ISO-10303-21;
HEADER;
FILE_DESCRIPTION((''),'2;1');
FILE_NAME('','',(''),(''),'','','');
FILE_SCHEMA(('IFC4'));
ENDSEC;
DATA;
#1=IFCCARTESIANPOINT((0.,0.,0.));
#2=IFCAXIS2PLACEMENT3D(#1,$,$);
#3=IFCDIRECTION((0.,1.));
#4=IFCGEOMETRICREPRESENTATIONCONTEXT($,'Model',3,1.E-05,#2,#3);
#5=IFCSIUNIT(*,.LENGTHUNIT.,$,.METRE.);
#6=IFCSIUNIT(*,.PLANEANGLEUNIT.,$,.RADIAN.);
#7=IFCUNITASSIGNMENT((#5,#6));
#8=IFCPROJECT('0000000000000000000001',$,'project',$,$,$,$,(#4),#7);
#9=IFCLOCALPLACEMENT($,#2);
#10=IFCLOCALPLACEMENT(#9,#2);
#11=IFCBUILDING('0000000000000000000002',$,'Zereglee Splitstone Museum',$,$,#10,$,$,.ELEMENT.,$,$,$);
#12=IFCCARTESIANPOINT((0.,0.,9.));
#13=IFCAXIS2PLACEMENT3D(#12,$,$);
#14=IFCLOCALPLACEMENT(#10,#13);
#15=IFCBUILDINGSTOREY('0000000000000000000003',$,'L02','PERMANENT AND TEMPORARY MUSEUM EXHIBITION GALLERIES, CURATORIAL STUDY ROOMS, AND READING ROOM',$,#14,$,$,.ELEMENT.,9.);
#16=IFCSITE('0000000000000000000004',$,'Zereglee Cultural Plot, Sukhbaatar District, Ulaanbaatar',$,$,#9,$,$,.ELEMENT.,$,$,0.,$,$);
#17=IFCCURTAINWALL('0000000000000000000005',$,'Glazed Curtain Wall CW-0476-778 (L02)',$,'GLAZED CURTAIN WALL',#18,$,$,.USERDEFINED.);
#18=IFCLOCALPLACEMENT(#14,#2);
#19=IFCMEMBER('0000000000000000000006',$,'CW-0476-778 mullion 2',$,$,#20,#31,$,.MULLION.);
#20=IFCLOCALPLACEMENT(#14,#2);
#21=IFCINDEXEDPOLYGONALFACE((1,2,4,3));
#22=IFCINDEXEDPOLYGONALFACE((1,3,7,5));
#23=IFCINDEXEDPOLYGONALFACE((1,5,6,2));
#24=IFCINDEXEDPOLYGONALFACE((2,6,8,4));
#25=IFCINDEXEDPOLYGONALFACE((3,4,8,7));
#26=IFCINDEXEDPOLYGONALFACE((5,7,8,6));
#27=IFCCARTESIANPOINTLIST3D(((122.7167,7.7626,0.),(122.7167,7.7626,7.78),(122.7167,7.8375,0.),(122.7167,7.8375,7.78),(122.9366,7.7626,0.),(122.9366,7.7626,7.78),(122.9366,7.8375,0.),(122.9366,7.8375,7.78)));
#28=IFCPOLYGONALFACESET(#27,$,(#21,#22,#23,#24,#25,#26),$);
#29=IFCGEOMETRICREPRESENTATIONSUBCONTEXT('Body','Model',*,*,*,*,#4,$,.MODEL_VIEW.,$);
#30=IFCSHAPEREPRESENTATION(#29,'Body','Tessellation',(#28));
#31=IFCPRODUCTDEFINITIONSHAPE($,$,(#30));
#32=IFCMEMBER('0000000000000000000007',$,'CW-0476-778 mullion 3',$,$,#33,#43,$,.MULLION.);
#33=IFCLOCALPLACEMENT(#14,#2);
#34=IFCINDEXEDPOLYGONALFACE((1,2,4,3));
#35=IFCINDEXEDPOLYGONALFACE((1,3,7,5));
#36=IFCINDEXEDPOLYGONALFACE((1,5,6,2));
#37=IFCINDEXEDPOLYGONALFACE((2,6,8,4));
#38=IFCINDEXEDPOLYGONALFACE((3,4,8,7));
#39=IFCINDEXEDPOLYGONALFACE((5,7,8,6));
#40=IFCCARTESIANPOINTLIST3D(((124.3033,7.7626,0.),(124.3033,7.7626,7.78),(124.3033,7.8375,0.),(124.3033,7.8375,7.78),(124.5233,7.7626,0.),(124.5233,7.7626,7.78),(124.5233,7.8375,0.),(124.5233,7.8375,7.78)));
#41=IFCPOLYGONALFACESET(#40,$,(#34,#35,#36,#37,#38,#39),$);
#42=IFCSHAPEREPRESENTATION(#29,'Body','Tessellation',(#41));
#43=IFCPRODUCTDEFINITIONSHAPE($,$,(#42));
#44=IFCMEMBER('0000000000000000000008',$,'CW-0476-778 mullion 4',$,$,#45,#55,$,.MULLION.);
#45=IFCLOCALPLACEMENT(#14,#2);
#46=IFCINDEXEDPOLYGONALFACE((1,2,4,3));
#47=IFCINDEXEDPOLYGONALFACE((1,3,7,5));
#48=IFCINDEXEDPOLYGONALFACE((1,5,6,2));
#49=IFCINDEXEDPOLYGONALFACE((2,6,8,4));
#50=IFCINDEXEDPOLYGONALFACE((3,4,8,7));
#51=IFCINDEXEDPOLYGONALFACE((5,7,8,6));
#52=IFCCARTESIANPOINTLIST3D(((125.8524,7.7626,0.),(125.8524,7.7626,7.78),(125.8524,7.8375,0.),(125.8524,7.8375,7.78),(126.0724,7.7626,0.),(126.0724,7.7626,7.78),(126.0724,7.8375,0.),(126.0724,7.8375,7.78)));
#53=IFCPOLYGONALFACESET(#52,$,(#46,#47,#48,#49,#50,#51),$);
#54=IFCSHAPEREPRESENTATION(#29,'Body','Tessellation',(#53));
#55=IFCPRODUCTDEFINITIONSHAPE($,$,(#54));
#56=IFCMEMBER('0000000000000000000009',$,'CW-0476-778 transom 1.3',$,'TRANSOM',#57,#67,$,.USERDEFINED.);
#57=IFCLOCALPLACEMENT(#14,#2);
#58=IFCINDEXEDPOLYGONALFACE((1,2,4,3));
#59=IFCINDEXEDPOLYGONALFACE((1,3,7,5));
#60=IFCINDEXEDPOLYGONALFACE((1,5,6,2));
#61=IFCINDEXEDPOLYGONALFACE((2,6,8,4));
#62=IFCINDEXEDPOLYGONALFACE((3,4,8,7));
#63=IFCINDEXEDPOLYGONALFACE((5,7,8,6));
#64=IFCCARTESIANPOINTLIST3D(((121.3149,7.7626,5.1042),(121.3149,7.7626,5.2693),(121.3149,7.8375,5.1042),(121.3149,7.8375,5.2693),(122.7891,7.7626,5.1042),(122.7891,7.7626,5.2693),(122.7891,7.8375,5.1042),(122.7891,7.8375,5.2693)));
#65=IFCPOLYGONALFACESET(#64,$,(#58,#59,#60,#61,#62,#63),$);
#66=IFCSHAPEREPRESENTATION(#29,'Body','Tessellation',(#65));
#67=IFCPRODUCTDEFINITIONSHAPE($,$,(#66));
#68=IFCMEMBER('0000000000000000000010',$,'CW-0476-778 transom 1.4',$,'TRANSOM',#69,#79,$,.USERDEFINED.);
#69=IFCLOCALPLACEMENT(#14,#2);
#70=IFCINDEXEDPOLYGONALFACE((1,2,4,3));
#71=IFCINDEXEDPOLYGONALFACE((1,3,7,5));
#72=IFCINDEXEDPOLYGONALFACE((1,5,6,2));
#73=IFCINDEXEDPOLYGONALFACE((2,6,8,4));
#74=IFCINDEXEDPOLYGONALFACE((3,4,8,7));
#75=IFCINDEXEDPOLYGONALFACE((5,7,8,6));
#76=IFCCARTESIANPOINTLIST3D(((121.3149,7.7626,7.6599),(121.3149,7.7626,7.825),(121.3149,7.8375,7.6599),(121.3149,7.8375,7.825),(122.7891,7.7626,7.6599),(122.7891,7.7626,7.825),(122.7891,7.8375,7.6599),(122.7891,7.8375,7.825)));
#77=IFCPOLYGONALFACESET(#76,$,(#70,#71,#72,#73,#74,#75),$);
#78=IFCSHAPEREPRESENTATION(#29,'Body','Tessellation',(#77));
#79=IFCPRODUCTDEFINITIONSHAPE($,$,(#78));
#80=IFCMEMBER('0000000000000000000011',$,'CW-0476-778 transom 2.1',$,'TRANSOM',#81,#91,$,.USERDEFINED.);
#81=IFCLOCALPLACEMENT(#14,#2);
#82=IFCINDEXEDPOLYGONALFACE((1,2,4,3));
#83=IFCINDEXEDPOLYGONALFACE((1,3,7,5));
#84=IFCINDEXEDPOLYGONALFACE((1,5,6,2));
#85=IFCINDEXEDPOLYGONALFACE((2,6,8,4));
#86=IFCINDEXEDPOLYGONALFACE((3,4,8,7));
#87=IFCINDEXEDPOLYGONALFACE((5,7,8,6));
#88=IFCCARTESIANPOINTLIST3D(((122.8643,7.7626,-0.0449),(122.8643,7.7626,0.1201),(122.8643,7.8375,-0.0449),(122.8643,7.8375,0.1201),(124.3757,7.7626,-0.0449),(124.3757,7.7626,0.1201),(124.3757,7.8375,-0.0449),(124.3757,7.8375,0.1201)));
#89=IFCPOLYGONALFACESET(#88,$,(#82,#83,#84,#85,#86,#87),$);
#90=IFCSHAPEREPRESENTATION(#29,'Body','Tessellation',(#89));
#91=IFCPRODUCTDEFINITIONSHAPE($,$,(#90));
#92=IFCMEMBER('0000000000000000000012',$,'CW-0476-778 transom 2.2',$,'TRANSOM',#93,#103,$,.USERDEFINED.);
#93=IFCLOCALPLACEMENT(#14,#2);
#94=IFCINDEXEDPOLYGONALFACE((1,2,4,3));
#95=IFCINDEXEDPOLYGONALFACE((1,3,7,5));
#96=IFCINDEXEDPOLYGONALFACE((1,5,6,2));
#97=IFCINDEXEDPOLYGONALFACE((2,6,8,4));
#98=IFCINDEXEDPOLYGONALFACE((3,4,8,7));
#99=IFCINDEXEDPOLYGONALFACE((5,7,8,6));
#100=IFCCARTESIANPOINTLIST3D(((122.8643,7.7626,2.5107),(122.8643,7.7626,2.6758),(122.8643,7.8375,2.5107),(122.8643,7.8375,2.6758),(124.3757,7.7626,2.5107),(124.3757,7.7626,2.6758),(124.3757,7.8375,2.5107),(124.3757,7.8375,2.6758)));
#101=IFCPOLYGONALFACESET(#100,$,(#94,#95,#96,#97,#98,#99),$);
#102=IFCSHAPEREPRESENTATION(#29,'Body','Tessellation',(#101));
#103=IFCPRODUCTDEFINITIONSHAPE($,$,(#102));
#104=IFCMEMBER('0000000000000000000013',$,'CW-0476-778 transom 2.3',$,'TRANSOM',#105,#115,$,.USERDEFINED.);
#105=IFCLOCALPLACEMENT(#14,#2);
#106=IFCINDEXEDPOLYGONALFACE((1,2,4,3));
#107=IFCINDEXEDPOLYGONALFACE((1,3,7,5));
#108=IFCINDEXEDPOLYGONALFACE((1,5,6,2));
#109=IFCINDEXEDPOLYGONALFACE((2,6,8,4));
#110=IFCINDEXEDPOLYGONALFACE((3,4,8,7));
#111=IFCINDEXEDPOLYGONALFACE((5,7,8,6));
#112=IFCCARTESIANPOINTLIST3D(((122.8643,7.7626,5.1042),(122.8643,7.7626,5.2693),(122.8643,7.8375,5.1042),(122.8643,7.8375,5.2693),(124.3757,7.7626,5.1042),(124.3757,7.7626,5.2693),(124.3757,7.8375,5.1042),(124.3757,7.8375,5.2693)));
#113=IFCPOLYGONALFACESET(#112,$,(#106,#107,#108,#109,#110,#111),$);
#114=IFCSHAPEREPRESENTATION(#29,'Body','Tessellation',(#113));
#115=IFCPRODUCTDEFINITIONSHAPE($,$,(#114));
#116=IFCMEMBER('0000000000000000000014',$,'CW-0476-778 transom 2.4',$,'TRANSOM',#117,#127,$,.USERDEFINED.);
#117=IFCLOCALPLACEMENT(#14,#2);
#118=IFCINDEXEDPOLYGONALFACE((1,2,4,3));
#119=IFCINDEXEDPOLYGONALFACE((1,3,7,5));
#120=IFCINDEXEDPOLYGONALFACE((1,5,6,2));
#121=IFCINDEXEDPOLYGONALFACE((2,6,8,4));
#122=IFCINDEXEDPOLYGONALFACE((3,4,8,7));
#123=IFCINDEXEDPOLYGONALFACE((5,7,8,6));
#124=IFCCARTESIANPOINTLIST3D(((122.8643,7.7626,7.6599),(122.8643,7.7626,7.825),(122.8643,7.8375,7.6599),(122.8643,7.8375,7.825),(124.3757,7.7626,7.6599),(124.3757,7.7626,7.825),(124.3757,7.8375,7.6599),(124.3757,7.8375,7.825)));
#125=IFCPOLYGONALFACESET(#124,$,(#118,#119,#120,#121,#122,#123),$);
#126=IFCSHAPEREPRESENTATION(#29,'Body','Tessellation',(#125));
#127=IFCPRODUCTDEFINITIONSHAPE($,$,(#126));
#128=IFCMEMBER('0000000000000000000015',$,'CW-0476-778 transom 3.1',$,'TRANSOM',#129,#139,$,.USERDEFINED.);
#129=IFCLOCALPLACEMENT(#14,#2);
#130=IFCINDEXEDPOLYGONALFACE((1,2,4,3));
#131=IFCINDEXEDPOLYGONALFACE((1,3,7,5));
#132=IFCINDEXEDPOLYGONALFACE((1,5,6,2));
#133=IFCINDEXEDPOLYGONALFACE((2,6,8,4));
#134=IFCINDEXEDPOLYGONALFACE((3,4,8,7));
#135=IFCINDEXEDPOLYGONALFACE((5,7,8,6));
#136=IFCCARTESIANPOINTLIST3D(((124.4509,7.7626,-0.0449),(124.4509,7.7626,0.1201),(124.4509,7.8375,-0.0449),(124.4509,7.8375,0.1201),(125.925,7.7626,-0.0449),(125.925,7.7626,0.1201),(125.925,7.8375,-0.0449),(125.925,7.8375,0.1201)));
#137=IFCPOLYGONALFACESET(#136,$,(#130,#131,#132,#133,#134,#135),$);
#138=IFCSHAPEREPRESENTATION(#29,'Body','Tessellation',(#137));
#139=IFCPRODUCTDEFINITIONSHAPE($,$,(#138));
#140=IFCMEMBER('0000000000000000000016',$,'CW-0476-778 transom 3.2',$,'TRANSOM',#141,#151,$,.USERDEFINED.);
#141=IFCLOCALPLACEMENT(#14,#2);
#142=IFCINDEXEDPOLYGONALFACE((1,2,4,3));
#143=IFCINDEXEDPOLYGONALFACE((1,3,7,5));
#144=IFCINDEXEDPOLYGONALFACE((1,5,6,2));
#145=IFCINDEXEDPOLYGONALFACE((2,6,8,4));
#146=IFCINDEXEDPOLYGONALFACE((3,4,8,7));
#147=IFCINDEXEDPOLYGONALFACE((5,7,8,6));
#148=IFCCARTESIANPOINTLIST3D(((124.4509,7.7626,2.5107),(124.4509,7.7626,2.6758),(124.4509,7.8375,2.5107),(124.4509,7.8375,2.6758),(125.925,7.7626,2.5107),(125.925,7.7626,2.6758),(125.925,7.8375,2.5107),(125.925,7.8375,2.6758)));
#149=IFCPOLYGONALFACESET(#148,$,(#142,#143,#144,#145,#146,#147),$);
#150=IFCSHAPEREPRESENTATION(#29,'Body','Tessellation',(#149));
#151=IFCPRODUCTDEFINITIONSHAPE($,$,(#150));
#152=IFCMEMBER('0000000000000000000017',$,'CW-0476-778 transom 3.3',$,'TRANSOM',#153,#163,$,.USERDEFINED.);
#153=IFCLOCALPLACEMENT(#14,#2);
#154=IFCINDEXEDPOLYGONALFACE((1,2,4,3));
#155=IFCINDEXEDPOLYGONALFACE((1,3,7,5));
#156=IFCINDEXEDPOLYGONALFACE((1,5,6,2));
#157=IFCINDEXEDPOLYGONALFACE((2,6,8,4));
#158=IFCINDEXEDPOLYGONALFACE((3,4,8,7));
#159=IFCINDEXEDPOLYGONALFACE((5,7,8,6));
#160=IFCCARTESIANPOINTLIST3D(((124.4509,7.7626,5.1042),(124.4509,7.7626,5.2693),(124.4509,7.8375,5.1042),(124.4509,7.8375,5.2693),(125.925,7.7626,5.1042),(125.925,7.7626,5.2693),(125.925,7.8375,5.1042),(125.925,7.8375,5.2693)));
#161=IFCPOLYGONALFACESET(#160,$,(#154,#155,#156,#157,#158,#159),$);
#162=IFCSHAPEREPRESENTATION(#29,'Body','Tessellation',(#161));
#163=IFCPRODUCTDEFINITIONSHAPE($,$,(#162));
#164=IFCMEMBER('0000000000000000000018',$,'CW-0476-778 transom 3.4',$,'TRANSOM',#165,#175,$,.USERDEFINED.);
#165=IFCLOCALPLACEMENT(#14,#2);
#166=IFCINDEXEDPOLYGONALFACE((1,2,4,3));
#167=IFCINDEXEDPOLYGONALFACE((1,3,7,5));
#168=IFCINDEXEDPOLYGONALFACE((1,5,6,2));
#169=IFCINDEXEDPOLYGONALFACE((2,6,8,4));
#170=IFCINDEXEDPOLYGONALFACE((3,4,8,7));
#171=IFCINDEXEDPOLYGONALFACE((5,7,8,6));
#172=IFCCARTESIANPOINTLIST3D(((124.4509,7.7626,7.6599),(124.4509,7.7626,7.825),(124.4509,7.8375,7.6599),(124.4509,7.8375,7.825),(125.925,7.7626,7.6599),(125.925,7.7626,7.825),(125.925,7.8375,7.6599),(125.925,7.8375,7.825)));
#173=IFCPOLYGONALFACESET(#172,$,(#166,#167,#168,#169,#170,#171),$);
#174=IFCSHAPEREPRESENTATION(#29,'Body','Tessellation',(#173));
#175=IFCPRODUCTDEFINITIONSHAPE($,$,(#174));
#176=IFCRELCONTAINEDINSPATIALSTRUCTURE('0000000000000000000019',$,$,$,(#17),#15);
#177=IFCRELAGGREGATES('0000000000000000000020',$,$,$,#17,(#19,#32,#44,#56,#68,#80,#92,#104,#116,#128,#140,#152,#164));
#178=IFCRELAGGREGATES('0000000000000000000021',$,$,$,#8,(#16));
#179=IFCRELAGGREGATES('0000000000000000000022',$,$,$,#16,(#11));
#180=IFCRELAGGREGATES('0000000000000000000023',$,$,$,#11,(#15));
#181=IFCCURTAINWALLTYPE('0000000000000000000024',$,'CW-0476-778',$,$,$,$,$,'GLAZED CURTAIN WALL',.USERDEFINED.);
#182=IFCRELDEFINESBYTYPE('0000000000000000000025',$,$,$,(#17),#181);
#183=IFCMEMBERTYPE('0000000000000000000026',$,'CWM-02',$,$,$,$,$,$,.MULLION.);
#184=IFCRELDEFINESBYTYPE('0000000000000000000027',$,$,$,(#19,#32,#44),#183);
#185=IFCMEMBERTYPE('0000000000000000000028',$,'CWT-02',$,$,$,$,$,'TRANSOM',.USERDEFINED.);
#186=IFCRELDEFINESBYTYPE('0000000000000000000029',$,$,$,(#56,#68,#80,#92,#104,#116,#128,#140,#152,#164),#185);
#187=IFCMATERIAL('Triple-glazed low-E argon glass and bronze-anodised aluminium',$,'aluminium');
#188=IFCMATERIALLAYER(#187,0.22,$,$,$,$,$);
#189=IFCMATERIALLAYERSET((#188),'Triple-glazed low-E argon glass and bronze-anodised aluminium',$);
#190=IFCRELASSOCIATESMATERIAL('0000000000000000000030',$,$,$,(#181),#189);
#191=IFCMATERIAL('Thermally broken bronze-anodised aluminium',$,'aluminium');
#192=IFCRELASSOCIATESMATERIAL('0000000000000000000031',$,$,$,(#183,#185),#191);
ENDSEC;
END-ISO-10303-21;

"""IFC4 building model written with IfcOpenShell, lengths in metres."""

from ifc_helpers import new_model, si_unit, direction, frame, origin, origin_2d, place, context, subcontext, project, spatial, rectangle, extrude, material, layer, layer_set, material_profile, profile_set, type_object, element, aggregate, save


model = new_model("IFC4")

# Units and contexts
model_context = context("Model", 3, precision=1e-05, world=origin(), true_north=direction((0.0, 1.0)))
body_context = subcontext(model_context, "Body", "Model", "MODEL_VIEW")
ifc_project = project(units=[si_unit("LENGTHUNIT", "METRE"), si_unit("PLANEANGLEUNIT", "RADIAN")], contexts=[model_context])

# Site, building, storey
site_placement = place(None, origin())
site = spatial("IfcSite", under=ifc_project, at=site_placement, Name="Zereglee Cultural Plot, Sukhbaatar District, Ulaanbaatar", CompositionType="ELEMENT", RefElevation=0.0)
building_placement = place(site_placement, origin())
building = spatial("IfcBuilding", under=site, at=building_placement, Name="Zereglee Splitstone Museum", CompositionType="ELEMENT")
storey_placement = place(building_placement, frame((0.0, 0.0, 9.0)))
storey = spatial("IfcBuildingStorey", under=building, at=storey_placement, Name="L02", Description="PERMANENT AND TEMPORARY MUSEUM EXHIBITION GALLERIES, CURATORIAL STUDY ROOMS, AND READING ROOM", CompositionType="ELEMENT", Elevation=9.0)

# Curtain wall, members
ifc_material_1 = material(Name="Triple-glazed low-E argon glass and bronze-anodised aluminium", Category="aluminium")
ifc_layer_1 = layer(ifc_material_1, 0.22)
ifc_layer_set_1 = layer_set([ifc_layer_1], Name="Triple-glazed low-E argon glass and bronze-anodised aluminium")
curtain_wall_type = type_object("IfcCurtainWallType", Name="CW-0476-778", ElementType="GLAZED CURTAIN WALL", PredefinedType="USERDEFINED", material=ifc_layer_set_1)
curtain_wall_placement = place(storey_placement, origin())
curtain_wall = element("IfcCurtainWall", 1, at=curtain_wall_placement, inside=storey, type_object=curtain_wall_type, Name="Glazed Curtain Wall CW-0476-778 (L02)", ObjectType="GLAZED CURTAIN WALL", PredefinedType="USERDEFINED")
ifc_material_2 = material(Name="Thermally broken bronze-anodised aluminium", Category="aluminium")
ifc_material_profile_1 = material_profile(ifc_material_2, rectangle(XDim=0.075, YDim=0.22, at=origin_2d()), Name="CW MULL 75x220")
ifc_profile_set_1 = profile_set([ifc_material_profile_1], Name="Thermally broken bronze-anodised aluminium")
member_type_1 = type_object("IfcMemberType", Name="CWM-02", PredefinedType="MULLION", material=ifc_profile_set_1)
member_1_placement = place(storey_placement, frame((122.8267, 7.8, 0.0), z_axis=(0.0, 0.0, 1.0), x_axis=(0.0, 1.0, 0.0)))
member_1 = element("IfcMember", 2, at=member_1_placement, type_object=member_type_1, Name="CW-0476-778 mullion 2", PredefinedType="MULLION", context=body_context, shape_type="SweptSolid", body=[
    extrude(rectangle(XDim=0.075, YDim=0.22, at=origin_2d()), origin(), (0.0, 0.0, 1.0), 7.78),
])
member_2_placement = place(storey_placement, frame((124.4133, 7.8, 0.0), z_axis=(0.0, 0.0, 1.0), x_axis=(0.0, 1.0, 0.0)))
member_2 = element("IfcMember", 3, at=member_2_placement, type_object=member_type_1, Name="CW-0476-778 mullion 3", PredefinedType="MULLION", context=body_context, shape_type="SweptSolid", body=[
    extrude(rectangle(XDim=0.075, YDim=0.22, at=origin_2d()), origin(), (0.0, 0.0, 1.0), 7.78),
])
member_3_placement = place(storey_placement, frame((125.9624, 7.8, 0.0), z_axis=(0.0, 0.0, 1.0), x_axis=(0.0, 1.0, 0.0)))
member_3 = element("IfcMember", 4, at=member_3_placement, type_object=member_type_1, Name="CW-0476-778 mullion 4", PredefinedType="MULLION", context=body_context, shape_type="SweptSolid", body=[
    extrude(rectangle(XDim=0.075, YDim=0.22, at=origin_2d()), origin(), (0.0, 0.0, 1.0), 7.78),
])
ifc_material_profile_2 = material_profile(ifc_material_2, rectangle(XDim=0.075, YDim=0.165, at=origin_2d()), Name="CW TRAN 75x165")
ifc_profile_set_2 = profile_set([ifc_material_profile_2], Name="Thermally broken bronze-anodised aluminium")
member_type_2 = type_object("IfcMemberType", Name="CWT-02", ElementType="TRANSOM", PredefinedType="USERDEFINED", material=ifc_profile_set_2)
member_4_placement = place(storey_placement, frame((121.3149, 7.8, 5.1868), z_axis=(1.0, 0.0, 0.0), x_axis=(0.0, 1.0, 0.0)))
member_4 = element("IfcMember", 5, at=member_4_placement, type_object=member_type_2, Name="CW-0476-778 transom 1.3", ObjectType="TRANSOM", PredefinedType="USERDEFINED", context=body_context, shape_type="SweptSolid", body=[
    extrude(rectangle(XDim=0.075, YDim=0.165, at=origin_2d()), origin(), (0.0, 0.0, 1.0), 1.4741),
])
member_5_placement = place(storey_placement, frame((121.3149, 7.8, 7.7424), z_axis=(1.0, 0.0, 0.0), x_axis=(0.0, 1.0, 0.0)))
member_5 = element("IfcMember", 6, at=member_5_placement, type_object=member_type_2, Name="CW-0476-778 transom 1.4", ObjectType="TRANSOM", PredefinedType="USERDEFINED", context=body_context, shape_type="SweptSolid", body=[
    extrude(rectangle(XDim=0.075, YDim=0.165, at=origin_2d()), origin(), (0.0, 0.0, 1.0), 1.4741),
])
member_6_placement = place(storey_placement, frame((122.8643, 7.8, 0.0376), z_axis=(1.0, 0.0, 0.0), x_axis=(0.0, 1.0, 0.0)))
member_6 = element("IfcMember", 7, at=member_6_placement, type_object=member_type_2, Name="CW-0476-778 transom 2.1", ObjectType="TRANSOM", PredefinedType="USERDEFINED", context=body_context, shape_type="SweptSolid", body=[
    extrude(rectangle(XDim=0.075, YDim=0.165, at=origin_2d()), origin(), (0.0, 0.0, 1.0), 1.5115),
])
member_7_placement = place(storey_placement, frame((122.8643, 7.8, 2.5933), z_axis=(1.0, 0.0, 0.0), x_axis=(0.0, 1.0, 0.0)))
member_7 = element("IfcMember", 8, at=member_7_placement, type_object=member_type_2, Name="CW-0476-778 transom 2.2", ObjectType="TRANSOM", PredefinedType="USERDEFINED", context=body_context, shape_type="SweptSolid", body=[
    extrude(rectangle(XDim=0.075, YDim=0.165, at=origin_2d()), origin(), (0.0, 0.0, 1.0), 1.5115),
])
member_8_placement = place(storey_placement, frame((122.8643, 7.8, 5.1868), z_axis=(1.0, 0.0, 0.0), x_axis=(0.0, 1.0, 0.0)))
member_8 = element("IfcMember", 9, at=member_8_placement, type_object=member_type_2, Name="CW-0476-778 transom 2.3", ObjectType="TRANSOM", PredefinedType="USERDEFINED", context=body_context, shape_type="SweptSolid", body=[
    extrude(rectangle(XDim=0.075, YDim=0.165, at=origin_2d()), origin(), (0.0, 0.0, 1.0), 1.5115),
])
member_9_placement = place(storey_placement, frame((122.8643, 7.8, 7.7424), z_axis=(1.0, 0.0, 0.0), x_axis=(0.0, 1.0, 0.0)))
member_9 = element("IfcMember", 10, at=member_9_placement, type_object=member_type_2, Name="CW-0476-778 transom 2.4", ObjectType="TRANSOM", PredefinedType="USERDEFINED", context=body_context, shape_type="SweptSolid", body=[
    extrude(rectangle(XDim=0.075, YDim=0.165, at=origin_2d()), origin(), (0.0, 0.0, 1.0), 1.5115),
])
member_10_placement = place(storey_placement, frame((124.4509, 7.8, 0.0376), z_axis=(1.0, 0.0, 0.0), x_axis=(0.0, 1.0, 0.0)))
member_10 = element("IfcMember", 11, at=member_10_placement, type_object=member_type_2, Name="CW-0476-778 transom 3.1", ObjectType="TRANSOM", PredefinedType="USERDEFINED", context=body_context, shape_type="SweptSolid", body=[
    extrude(rectangle(XDim=0.075, YDim=0.165, at=origin_2d()), origin(), (0.0, 0.0, 1.0), 1.4741),
])
member_11_placement = place(storey_placement, frame((124.4509, 7.8, 2.5933), z_axis=(1.0, 0.0, 0.0), x_axis=(0.0, 1.0, 0.0)))
member_11 = element("IfcMember", 12, at=member_11_placement, type_object=member_type_2, Name="CW-0476-778 transom 3.2", ObjectType="TRANSOM", PredefinedType="USERDEFINED", context=body_context, shape_type="SweptSolid", body=[
    extrude(rectangle(XDim=0.075, YDim=0.165, at=origin_2d()), origin(), (0.0, 0.0, 1.0), 1.4741),
])
member_12_placement = place(storey_placement, frame((124.4509, 7.8, 5.1868), z_axis=(1.0, 0.0, 0.0), x_axis=(0.0, 1.0, 0.0)))
member_12 = element("IfcMember", 13, at=member_12_placement, type_object=member_type_2, Name="CW-0476-778 transom 3.3", ObjectType="TRANSOM", PredefinedType="USERDEFINED", context=body_context, shape_type="SweptSolid", body=[
    extrude(rectangle(XDim=0.075, YDim=0.165, at=origin_2d()), origin(), (0.0, 0.0, 1.0), 1.4741),
])
member_13_placement = place(storey_placement, frame((124.4509, 7.8, 7.7424), z_axis=(1.0, 0.0, 0.0), x_axis=(0.0, 1.0, 0.0)))
member_13 = element("IfcMember", 14, at=member_13_placement, type_object=member_type_2, Name="CW-0476-778 transom 3.4", ObjectType="TRANSOM", PredefinedType="USERDEFINED", context=body_context, shape_type="SweptSolid", body=[
    extrude(rectangle(XDim=0.075, YDim=0.165, at=origin_2d()), origin(), (0.0, 0.0, 1.0), 1.4741),
])

aggregate(curtain_wall, [member_1, member_2, member_3, member_4, member_5, member_6, member_7, member_8, member_9, member_10, member_11, member_12, member_13])

save(model, "model.ifc")
